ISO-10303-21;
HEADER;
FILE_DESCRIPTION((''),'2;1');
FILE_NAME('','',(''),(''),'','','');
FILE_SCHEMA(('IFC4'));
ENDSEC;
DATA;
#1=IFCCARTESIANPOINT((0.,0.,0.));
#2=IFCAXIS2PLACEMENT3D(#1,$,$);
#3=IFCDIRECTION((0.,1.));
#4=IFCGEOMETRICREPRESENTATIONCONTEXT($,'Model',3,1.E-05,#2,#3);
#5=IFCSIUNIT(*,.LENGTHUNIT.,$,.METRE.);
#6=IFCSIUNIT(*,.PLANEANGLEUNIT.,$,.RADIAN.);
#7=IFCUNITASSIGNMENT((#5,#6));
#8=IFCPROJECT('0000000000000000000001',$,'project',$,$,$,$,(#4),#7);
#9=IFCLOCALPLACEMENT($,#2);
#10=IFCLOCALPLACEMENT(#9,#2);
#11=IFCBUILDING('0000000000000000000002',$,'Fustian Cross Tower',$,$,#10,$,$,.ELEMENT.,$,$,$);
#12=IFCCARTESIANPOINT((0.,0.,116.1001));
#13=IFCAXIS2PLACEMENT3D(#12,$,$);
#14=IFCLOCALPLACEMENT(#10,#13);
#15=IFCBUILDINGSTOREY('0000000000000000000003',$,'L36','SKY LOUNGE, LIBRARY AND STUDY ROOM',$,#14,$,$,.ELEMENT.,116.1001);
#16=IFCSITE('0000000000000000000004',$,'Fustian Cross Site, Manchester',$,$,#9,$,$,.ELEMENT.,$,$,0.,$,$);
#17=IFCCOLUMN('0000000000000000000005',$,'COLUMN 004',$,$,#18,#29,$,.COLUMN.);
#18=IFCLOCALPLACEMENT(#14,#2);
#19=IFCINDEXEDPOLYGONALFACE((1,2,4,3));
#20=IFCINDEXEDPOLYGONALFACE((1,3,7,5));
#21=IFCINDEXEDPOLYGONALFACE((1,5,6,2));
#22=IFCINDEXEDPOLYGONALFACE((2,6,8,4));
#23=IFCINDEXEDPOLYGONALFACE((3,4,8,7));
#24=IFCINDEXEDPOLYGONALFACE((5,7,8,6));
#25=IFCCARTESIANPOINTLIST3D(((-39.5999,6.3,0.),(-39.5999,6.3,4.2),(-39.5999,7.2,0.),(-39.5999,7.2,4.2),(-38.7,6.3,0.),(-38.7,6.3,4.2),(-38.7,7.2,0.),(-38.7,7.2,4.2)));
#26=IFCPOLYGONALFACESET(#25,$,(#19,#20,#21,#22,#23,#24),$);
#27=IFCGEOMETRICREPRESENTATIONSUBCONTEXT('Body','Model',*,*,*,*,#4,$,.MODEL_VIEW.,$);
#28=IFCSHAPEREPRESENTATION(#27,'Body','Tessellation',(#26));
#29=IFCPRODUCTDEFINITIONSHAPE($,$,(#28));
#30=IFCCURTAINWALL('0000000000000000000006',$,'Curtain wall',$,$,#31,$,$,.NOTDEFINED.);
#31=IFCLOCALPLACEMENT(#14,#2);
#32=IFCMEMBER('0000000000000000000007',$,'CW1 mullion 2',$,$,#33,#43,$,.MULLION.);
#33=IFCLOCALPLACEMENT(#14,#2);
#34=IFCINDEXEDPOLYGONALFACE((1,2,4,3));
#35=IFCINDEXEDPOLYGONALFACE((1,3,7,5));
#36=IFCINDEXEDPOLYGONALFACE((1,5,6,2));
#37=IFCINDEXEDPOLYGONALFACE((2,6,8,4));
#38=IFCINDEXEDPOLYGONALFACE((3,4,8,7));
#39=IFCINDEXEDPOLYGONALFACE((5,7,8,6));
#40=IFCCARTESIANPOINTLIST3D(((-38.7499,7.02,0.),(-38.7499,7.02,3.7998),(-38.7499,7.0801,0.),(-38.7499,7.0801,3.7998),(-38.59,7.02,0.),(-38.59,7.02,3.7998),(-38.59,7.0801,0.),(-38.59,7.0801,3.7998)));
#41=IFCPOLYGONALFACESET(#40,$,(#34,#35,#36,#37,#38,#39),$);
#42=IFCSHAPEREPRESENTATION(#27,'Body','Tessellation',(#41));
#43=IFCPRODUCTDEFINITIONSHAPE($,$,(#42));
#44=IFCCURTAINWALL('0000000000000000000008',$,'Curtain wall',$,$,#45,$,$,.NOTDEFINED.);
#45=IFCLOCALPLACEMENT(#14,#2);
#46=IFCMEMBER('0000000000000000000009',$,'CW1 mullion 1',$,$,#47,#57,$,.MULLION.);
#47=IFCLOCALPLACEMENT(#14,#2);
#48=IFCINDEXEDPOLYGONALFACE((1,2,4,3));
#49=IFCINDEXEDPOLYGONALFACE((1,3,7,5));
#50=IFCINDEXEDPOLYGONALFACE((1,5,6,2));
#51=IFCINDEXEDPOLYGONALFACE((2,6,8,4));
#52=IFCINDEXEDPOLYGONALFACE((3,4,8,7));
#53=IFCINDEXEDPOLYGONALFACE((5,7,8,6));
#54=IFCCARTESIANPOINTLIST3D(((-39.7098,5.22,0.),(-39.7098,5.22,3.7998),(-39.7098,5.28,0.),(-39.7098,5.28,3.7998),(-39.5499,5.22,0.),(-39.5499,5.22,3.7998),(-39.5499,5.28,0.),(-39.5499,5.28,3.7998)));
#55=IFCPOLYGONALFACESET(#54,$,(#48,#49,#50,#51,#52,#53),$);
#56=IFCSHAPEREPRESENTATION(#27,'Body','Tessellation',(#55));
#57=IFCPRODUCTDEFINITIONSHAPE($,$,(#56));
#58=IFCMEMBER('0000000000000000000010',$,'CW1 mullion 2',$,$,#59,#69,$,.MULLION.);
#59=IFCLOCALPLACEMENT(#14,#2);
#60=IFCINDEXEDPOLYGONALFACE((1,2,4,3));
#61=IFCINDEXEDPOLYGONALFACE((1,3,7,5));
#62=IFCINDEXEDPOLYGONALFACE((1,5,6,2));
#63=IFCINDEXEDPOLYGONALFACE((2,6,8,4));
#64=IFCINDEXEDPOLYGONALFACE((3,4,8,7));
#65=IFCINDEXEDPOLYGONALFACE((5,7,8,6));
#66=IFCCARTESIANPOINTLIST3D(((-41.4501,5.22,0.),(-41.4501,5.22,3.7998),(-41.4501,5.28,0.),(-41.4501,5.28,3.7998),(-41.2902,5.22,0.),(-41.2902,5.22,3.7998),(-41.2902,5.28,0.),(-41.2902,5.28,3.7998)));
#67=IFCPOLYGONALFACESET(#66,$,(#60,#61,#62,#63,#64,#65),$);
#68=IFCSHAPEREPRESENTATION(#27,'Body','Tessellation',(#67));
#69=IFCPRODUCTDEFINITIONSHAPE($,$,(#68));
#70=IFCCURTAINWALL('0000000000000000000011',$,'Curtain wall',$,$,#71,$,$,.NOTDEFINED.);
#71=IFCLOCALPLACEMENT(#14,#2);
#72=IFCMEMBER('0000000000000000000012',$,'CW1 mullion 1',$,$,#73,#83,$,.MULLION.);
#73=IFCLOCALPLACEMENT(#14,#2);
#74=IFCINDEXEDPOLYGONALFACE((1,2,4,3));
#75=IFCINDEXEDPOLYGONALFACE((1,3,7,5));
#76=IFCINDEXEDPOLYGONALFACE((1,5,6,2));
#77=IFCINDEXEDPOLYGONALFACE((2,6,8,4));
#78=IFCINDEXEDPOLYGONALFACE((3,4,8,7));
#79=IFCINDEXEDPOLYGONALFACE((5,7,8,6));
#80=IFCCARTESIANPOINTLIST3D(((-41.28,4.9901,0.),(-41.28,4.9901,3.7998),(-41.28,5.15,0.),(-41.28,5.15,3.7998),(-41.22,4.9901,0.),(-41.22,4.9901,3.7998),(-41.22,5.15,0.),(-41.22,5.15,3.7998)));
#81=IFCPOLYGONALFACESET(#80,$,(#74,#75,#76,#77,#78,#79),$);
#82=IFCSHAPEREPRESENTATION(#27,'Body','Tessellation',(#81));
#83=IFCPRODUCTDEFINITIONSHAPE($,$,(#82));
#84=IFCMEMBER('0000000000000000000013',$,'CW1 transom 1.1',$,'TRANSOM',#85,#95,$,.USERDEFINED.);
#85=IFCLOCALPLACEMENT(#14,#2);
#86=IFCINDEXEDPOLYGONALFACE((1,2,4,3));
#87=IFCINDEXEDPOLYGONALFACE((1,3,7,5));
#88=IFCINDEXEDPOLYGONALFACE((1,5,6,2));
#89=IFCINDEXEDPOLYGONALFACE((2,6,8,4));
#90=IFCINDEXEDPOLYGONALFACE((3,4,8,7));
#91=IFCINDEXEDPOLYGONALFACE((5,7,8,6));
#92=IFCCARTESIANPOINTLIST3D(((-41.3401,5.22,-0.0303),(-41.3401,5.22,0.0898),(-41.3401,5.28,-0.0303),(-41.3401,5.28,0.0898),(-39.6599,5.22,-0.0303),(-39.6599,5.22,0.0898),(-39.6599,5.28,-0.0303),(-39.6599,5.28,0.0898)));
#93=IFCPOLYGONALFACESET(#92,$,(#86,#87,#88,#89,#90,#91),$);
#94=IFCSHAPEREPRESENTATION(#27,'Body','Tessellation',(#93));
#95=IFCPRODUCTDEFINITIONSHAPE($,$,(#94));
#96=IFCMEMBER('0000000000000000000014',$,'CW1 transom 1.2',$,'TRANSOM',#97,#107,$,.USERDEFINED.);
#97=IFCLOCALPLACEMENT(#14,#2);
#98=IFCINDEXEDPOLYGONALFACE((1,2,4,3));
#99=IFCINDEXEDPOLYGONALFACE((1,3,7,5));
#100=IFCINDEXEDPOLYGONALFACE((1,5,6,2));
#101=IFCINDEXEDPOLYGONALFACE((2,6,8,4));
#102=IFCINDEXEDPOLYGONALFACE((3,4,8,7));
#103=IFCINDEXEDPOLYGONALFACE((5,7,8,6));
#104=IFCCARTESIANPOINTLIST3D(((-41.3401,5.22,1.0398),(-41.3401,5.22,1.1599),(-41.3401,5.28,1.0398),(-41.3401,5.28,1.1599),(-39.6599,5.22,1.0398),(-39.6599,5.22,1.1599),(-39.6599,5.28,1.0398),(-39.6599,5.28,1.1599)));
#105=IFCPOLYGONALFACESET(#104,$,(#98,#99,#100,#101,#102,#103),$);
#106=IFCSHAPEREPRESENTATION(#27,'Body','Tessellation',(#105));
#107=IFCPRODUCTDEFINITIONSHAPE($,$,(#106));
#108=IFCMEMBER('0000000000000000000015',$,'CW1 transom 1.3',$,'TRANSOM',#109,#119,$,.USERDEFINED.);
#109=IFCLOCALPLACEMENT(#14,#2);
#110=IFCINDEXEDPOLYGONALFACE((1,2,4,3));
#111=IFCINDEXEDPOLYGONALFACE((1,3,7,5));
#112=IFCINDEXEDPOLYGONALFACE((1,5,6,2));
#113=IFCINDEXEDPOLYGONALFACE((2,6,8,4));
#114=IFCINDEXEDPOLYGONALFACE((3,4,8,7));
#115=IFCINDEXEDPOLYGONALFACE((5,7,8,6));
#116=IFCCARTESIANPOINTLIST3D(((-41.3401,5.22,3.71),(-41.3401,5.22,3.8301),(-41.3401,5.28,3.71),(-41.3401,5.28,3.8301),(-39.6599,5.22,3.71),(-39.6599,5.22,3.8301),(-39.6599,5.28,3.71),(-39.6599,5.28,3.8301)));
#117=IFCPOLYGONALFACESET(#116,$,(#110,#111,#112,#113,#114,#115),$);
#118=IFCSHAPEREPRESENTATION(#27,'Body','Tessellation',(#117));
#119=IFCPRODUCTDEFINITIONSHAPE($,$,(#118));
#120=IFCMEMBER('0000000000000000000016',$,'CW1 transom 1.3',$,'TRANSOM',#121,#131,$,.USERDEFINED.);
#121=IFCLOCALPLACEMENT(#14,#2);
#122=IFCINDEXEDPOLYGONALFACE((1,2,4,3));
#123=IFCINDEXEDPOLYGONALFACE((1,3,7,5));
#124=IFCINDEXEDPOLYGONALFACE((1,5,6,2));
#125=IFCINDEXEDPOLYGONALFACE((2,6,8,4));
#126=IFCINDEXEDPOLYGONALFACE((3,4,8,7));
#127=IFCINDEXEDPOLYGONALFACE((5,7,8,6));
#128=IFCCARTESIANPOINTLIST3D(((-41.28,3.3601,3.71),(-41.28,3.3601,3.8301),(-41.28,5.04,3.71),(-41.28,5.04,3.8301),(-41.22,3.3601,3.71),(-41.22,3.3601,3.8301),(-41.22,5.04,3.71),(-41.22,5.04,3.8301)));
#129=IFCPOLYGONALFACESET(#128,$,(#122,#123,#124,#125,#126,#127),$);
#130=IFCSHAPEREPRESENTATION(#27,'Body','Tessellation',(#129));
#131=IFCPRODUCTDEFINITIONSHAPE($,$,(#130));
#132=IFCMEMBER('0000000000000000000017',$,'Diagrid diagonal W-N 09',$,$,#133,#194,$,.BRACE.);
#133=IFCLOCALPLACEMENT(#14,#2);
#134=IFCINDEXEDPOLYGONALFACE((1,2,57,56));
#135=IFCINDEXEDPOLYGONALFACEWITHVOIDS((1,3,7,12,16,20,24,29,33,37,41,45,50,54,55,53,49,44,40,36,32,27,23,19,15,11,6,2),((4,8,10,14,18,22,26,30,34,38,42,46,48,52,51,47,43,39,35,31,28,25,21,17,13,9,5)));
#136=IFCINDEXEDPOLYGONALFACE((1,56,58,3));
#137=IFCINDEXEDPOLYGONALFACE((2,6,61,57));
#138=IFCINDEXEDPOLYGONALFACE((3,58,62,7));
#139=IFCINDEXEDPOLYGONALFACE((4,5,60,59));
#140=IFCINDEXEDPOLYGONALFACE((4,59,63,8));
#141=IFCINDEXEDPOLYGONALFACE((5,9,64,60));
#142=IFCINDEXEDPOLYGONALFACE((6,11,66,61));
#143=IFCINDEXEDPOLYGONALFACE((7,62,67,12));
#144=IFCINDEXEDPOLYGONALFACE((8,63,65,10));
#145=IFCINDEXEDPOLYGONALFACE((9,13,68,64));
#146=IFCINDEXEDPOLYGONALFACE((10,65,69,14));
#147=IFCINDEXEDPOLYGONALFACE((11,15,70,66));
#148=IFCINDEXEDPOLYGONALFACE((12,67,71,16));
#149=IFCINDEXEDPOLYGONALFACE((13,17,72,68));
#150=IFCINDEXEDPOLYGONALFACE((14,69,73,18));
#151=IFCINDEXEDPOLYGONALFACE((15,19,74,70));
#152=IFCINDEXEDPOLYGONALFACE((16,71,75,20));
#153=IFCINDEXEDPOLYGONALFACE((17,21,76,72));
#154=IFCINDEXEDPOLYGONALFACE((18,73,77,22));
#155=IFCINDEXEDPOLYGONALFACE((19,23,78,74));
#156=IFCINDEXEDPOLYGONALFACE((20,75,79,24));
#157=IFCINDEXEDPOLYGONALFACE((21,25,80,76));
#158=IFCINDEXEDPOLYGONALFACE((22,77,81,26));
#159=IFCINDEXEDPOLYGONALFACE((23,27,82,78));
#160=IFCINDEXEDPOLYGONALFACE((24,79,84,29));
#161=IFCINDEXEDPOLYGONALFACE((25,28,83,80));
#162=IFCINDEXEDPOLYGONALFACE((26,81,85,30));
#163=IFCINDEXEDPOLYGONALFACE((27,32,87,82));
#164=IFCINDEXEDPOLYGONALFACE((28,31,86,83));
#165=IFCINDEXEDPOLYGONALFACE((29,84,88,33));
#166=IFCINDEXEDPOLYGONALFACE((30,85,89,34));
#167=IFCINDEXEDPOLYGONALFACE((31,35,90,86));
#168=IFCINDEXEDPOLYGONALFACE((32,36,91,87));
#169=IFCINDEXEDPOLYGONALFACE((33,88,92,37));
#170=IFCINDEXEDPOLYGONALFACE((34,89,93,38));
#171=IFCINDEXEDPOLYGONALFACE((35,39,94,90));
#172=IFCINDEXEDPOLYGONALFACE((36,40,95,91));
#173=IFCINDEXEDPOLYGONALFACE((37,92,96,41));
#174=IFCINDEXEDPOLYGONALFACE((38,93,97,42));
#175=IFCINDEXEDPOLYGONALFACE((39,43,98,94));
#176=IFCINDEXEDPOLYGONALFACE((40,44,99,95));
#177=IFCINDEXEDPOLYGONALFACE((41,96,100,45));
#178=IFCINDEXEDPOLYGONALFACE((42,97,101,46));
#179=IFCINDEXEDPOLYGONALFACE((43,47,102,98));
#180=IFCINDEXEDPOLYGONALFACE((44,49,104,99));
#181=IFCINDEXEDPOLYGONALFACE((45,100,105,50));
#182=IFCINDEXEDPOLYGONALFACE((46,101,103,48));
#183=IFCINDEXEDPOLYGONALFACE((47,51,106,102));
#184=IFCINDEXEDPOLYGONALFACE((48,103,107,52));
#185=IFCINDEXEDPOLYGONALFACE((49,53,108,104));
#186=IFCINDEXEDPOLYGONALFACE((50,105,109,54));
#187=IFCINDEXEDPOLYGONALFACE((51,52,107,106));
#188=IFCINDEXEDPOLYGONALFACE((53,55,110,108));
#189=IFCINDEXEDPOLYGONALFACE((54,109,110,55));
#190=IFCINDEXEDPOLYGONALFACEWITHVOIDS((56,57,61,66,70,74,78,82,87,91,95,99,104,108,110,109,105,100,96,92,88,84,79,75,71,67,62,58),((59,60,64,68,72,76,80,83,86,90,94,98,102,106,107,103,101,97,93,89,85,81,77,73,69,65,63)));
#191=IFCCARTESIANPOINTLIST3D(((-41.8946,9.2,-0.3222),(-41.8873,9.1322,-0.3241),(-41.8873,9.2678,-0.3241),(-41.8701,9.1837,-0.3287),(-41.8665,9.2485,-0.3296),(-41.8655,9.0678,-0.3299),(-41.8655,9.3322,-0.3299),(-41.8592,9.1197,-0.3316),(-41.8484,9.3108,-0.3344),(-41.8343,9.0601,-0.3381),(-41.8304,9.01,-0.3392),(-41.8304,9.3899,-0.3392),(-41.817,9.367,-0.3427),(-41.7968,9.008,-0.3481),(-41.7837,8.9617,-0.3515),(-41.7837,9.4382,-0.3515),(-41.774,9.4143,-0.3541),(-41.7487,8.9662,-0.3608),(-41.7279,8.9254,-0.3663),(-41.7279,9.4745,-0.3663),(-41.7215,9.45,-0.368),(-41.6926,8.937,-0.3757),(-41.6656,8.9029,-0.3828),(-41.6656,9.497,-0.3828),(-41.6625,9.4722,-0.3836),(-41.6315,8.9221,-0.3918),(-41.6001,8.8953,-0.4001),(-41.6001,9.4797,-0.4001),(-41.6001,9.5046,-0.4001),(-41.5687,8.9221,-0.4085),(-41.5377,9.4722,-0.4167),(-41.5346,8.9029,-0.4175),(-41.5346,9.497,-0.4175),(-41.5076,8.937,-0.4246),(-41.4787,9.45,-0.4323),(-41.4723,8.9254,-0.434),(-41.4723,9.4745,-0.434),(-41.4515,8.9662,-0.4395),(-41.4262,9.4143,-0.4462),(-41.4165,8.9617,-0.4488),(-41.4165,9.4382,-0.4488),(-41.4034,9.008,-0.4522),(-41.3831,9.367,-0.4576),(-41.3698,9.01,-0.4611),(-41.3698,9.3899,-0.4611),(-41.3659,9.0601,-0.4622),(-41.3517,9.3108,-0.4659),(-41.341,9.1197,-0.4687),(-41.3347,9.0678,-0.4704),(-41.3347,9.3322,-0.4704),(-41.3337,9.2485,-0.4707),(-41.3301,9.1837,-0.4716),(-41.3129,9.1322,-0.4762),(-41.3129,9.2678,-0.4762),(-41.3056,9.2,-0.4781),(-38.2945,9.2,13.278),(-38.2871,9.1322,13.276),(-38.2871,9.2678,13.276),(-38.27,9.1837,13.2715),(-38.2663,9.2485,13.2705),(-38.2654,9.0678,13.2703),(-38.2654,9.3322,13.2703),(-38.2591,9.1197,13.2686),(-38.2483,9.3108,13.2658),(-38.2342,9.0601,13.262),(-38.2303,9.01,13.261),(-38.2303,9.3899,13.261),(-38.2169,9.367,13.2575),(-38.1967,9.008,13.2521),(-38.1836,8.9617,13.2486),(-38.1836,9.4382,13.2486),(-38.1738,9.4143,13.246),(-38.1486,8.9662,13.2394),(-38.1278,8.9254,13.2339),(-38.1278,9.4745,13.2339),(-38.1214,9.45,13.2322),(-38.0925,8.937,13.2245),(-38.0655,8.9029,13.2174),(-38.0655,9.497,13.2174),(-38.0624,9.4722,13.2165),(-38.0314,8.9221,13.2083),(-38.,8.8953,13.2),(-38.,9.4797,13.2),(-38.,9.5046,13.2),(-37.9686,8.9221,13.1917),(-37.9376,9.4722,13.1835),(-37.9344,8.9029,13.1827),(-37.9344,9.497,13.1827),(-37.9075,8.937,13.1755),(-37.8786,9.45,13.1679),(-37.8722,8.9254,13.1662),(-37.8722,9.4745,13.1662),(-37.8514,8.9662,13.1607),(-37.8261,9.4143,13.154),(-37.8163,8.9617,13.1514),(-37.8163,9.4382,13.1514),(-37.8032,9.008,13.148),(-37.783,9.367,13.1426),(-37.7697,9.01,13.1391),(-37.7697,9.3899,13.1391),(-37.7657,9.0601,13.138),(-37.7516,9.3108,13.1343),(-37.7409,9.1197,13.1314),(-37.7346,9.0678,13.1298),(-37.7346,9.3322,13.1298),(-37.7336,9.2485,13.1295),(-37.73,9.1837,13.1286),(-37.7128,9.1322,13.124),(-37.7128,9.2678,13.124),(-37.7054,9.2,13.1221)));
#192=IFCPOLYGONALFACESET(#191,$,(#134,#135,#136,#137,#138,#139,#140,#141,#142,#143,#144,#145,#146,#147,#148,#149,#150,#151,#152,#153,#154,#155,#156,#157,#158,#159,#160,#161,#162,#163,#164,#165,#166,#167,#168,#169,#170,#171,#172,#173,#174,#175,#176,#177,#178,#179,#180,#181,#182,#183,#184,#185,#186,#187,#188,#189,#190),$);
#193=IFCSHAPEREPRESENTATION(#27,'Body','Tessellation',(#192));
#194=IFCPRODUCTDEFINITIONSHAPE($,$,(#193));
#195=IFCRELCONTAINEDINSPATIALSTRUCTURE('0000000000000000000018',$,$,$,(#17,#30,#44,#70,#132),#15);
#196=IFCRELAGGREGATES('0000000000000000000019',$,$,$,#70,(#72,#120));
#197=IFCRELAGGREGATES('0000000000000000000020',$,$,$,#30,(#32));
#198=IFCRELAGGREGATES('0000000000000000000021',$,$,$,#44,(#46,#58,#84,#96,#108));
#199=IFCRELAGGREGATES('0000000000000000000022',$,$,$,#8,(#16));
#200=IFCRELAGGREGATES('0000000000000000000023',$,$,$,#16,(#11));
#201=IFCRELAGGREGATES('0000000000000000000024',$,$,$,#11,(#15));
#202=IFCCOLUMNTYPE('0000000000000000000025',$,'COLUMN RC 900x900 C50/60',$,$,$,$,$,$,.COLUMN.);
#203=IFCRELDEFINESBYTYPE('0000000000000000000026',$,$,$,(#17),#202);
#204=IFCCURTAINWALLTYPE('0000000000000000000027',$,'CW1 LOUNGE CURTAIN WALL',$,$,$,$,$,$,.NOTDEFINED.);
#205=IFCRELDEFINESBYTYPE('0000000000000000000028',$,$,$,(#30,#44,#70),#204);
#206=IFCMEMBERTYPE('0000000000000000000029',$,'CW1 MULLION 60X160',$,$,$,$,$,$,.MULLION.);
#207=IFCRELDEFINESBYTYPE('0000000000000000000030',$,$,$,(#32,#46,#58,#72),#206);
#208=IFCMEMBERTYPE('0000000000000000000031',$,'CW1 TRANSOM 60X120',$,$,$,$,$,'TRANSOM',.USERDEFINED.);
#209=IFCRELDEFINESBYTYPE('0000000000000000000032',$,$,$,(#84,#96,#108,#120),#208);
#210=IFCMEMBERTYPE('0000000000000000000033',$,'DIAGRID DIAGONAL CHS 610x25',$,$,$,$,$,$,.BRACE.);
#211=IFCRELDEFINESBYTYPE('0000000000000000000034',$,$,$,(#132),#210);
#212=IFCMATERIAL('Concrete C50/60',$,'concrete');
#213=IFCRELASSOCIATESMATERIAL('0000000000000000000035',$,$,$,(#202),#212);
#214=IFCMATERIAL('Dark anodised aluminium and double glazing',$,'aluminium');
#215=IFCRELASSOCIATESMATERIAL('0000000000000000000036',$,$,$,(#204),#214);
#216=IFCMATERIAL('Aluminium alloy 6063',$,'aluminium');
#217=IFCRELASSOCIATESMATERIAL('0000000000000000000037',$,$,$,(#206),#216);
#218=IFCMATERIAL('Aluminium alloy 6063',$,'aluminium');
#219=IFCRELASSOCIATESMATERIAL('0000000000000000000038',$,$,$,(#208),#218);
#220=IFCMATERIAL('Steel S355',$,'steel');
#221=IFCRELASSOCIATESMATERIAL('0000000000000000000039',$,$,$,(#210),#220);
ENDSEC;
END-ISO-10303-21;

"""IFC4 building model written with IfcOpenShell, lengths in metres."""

from ifc_helpers import new_model, si_unit, direction, frame, origin, origin_2d, place, context, subcontext, project, spatial, rectangle, hollow_circle, extrude, material, material_profile, profile_set, type_object, element, aggregate, save


model = new_model("IFC4")

# Units and contexts
model_context = context("Model", 3, precision=1e-05, world=origin(), true_north=direction((0.0, 1.0)))
body_context = subcontext(model_context, "Body", "Model", "MODEL_VIEW")
ifc_project = project(units=[si_unit("LENGTHUNIT", "METRE"), si_unit("PLANEANGLEUNIT", "RADIAN")], contexts=[model_context])

# Site, building, storey
site_placement = place(None, origin())
site = spatial("IfcSite", under=ifc_project, at=site_placement, Name="Fustian Cross Site, Manchester", CompositionType="ELEMENT", RefElevation=0.0)
building_placement = place(site_placement, origin())
building = spatial("IfcBuilding", under=site, at=building_placement, Name="Fustian Cross Tower", CompositionType="ELEMENT")
storey_placement = place(building_placement, frame((0.0, 0.0, 116.1001)))
storey = spatial("IfcBuildingStorey", under=building, at=storey_placement, Name="L36", Description="SKY LOUNGE, LIBRARY AND STUDY ROOM", CompositionType="ELEMENT", Elevation=116.1001)

# Column
ifc_material_1 = material(Name="Concrete C50/60", Category="concrete")
ifc_material_profile_1 = material_profile(ifc_material_1, rectangle(XDim=0.8999, YDim=0.8999, at=origin_2d()), Name="RC 900x900")
ifc_profile_set_1 = profile_set([ifc_material_profile_1], Name="Concrete C50/60")
column_type = type_object("IfcColumnType", Name="COLUMN RC 900x900 C50/60", PredefinedType="COLUMN", material=ifc_profile_set_1)
column_placement = place(storey_placement, frame((-39.1499, 6.75, 0.0), z_axis=(0.0, 0.0, 1.0), x_axis=(1.0, 0.0, 0.0)))
element("IfcColumn", 1, at=column_placement, inside=storey, type_object=column_type, Name="COLUMN 004", PredefinedType="COLUMN", context=body_context, shape_type="SweptSolid", body=[
    extrude(rectangle(XDim=0.8999, YDim=0.8999, at=origin_2d()), origin(), (0.0, 0.0, 1.0), 4.2),
])

# Curtain wall, member
ifc_material_2 = material(Name="Dark anodised aluminium and double glazing", Category="aluminium")
curtain_wall_type = type_object("IfcCurtainWallType", Name="CW1 LOUNGE CURTAIN WALL", PredefinedType="NOTDEFINED", material=ifc_material_2)
curtain_wall_1_placement = place(storey_placement, origin())
curtain_wall_1 = element("IfcCurtainWall", 2, at=curtain_wall_1_placement, inside=storey, type_object=curtain_wall_type, Name="Curtain wall", PredefinedType="NOTDEFINED")
ifc_material_3 = material(Name="Aluminium alloy 6063", Category="aluminium")
ifc_material_profile_2 = material_profile(ifc_material_3, rectangle(XDim=0.0601, YDim=0.1599, at=origin_2d()), Name="CW1 MULLION 60X160")
ifc_profile_set_2 = profile_set([ifc_material_profile_2], Name="Aluminium alloy 6063")
member_type_1 = type_object("IfcMemberType", Name="CW1 MULLION 60X160", PredefinedType="MULLION", material=ifc_profile_set_2)
member_1_placement = place(storey_placement, frame((-38.6699, 7.05, 0.0), z_axis=(0.0, 0.0, 1.0), x_axis=(0.0, -1.0, 0.0)))
member_1 = element("IfcMember", 3, at=member_1_placement, type_object=member_type_1, Name="CW1 mullion 2", PredefinedType="MULLION", context=body_context, shape_type="SweptSolid", body=[
    extrude(rectangle(XDim=0.0601, YDim=0.1599, at=origin_2d()), origin(), (0.0, 0.0, 1.0), 3.7998),
])

# Curtain wall, members
curtain_wall_2_placement = place(storey_placement, origin())
curtain_wall_2 = element("IfcCurtainWall", 4, at=curtain_wall_2_placement, inside=storey, type_object=curtain_wall_type, Name="Curtain wall", PredefinedType="NOTDEFINED")
member_2_placement = place(storey_placement, frame((-39.6299, 5.25, 0.0), z_axis=(0.0, 0.0, 1.0), x_axis=(0.0, -1.0, 0.0)))
member_2 = element("IfcMember", 5, at=member_2_placement, type_object=member_type_1, Name="CW1 mullion 1", PredefinedType="MULLION", context=body_context, shape_type="SweptSolid", body=[
    extrude(rectangle(XDim=0.0601, YDim=0.1599, at=origin_2d()), origin(), (0.0, 0.0, 1.0), 3.7998),
])
member_3_placement = place(storey_placement, frame((-41.3701, 5.25, 0.0), z_axis=(0.0, 0.0, 1.0), x_axis=(0.0, -1.0, 0.0)))
member_3 = element("IfcMember", 6, at=member_3_placement, type_object=member_type_1, Name="CW1 mullion 2", PredefinedType="MULLION", context=body_context, shape_type="SweptSolid", body=[
    extrude(rectangle(XDim=0.0601, YDim=0.1599, at=origin_2d()), origin(), (0.0, 0.0, 1.0), 3.7998),
])

# Curtain wall, member
curtain_wall_3_placement = place(storey_placement, origin())
curtain_wall_3 = element("IfcCurtainWall", 7, at=curtain_wall_3_placement, inside=storey, type_object=curtain_wall_type, Name="Curtain wall", PredefinedType="NOTDEFINED")
member_4_placement = place(storey_placement, frame((-41.25, 5.0701, 0.0), z_axis=(0.0, 0.0, 1.0), x_axis=(1.0, 0.0, 0.0)))
member_4 = element("IfcMember", 8, at=member_4_placement, type_object=member_type_1, Name="CW1 mullion 1", PredefinedType="MULLION", context=body_context, shape_type="SweptSolid", body=[
    extrude(rectangle(XDim=0.0601, YDim=0.1599, at=origin_2d()), origin(), (0.0, 0.0, 1.0), 3.7998),
])

# Members
ifc_material_4 = material(Name="Aluminium alloy 6063", Category="aluminium")
ifc_material_profile_3 = material_profile(ifc_material_4, rectangle(XDim=0.0601, YDim=0.1201, at=origin_2d()), Name="CW1 TRANSOM 60X120")
ifc_profile_set_3 = profile_set([ifc_material_profile_3], Name="Aluminium alloy 6063")
member_type_2 = type_object("IfcMemberType", Name="CW1 TRANSOM 60X120", ElementType="TRANSOM", PredefinedType="USERDEFINED", material=ifc_profile_set_3)
member_5_placement = place(storey_placement, frame((-39.6599, 5.25, 0.0298), z_axis=(-1.0, 0.0, 0.0), x_axis=(0.0, -1.0, 0.0)))
member_5 = element("IfcMember", 9, at=member_5_placement, type_object=member_type_2, Name="CW1 transom 1.1", ObjectType="TRANSOM", PredefinedType="USERDEFINED", context=body_context, shape_type="SweptSolid", body=[
    extrude(rectangle(XDim=0.0601, YDim=0.1201, at=origin_2d()), origin(), (0.0, 0.0, 1.0), 1.6802),
])
member_6_placement = place(storey_placement, frame((-39.6599, 5.25, 1.0999), z_axis=(-1.0, 0.0, 0.0), x_axis=(0.0, -1.0, 0.0)))
member_6 = element("IfcMember", 10, at=member_6_placement, type_object=member_type_2, Name="CW1 transom 1.2", ObjectType="TRANSOM", PredefinedType="USERDEFINED", context=body_context, shape_type="SweptSolid", body=[
    extrude(rectangle(XDim=0.0601, YDim=0.1201, at=origin_2d()), origin(), (0.0, 0.0, 1.0), 1.6802),
])
member_7_placement = place(storey_placement, frame((-39.6599, 5.25, 3.77), z_axis=(-1.0, 0.0, 0.0), x_axis=(0.0, -1.0, 0.0)))
member_7 = element("IfcMember", 11, at=member_7_placement, type_object=member_type_2, Name="CW1 transom 1.3", ObjectType="TRANSOM", PredefinedType="USERDEFINED", context=body_context, shape_type="SweptSolid", body=[
    extrude(rectangle(XDim=0.0601, YDim=0.1201, at=origin_2d()), origin(), (0.0, 0.0, 1.0), 1.6802),
])
member_8_placement = place(storey_placement, frame((-41.25, 5.04, 3.77), z_axis=(0.0, -1.0, 0.0), x_axis=(1.0, 0.0, 0.0)))
member_8 = element("IfcMember", 12, at=member_8_placement, type_object=member_type_2, Name="CW1 transom 1.3", ObjectType="TRANSOM", PredefinedType="USERDEFINED", context=body_context, shape_type="SweptSolid", body=[
    extrude(rectangle(XDim=0.0601, YDim=0.1201, at=origin_2d()), origin(), (0.0, 0.0, 1.0), 1.6799),
])
aggregate(curtain_wall_3, [member_4, member_8])

# Member
ifc_material_5 = material(Name="Steel S355", Category="steel")
ifc_material_profile_4 = material_profile(ifc_material_5, hollow_circle(Radius=0.3047, WallThickness=0.0249, at=origin_2d()), Name="CHS 610x25")
ifc_profile_set_4 = profile_set([ifc_material_profile_4], Name="Steel S355")
member_type_3 = type_object("IfcMemberType", Name="DIAGRID DIAGONAL CHS 610x25", PredefinedType="BRACE", material=ifc_profile_set_4)
member_9_placement = place(storey_placement, frame((-41.6001, 9.2, -0.4001), z_axis=(0.255897, 0.0, 0.966704), x_axis=(0.0, 1.0, 0.0)))
element("IfcMember", 13, at=member_9_placement, inside=storey, type_object=member_type_3, Name="Diagrid diagonal W-N 09", PredefinedType="BRACE", context=body_context, shape_type="SweptSolid", body=[
    extrude(hollow_circle(Radius=0.3047, WallThickness=0.0249, at=origin_2d()), origin(), (0.0, 0.0, 1.0), 14.0686),
])

aggregate(curtain_wall_1, [member_1])
aggregate(curtain_wall_2, [member_2, member_3, member_5, member_6, member_7])

save(model, "model.ifc")
